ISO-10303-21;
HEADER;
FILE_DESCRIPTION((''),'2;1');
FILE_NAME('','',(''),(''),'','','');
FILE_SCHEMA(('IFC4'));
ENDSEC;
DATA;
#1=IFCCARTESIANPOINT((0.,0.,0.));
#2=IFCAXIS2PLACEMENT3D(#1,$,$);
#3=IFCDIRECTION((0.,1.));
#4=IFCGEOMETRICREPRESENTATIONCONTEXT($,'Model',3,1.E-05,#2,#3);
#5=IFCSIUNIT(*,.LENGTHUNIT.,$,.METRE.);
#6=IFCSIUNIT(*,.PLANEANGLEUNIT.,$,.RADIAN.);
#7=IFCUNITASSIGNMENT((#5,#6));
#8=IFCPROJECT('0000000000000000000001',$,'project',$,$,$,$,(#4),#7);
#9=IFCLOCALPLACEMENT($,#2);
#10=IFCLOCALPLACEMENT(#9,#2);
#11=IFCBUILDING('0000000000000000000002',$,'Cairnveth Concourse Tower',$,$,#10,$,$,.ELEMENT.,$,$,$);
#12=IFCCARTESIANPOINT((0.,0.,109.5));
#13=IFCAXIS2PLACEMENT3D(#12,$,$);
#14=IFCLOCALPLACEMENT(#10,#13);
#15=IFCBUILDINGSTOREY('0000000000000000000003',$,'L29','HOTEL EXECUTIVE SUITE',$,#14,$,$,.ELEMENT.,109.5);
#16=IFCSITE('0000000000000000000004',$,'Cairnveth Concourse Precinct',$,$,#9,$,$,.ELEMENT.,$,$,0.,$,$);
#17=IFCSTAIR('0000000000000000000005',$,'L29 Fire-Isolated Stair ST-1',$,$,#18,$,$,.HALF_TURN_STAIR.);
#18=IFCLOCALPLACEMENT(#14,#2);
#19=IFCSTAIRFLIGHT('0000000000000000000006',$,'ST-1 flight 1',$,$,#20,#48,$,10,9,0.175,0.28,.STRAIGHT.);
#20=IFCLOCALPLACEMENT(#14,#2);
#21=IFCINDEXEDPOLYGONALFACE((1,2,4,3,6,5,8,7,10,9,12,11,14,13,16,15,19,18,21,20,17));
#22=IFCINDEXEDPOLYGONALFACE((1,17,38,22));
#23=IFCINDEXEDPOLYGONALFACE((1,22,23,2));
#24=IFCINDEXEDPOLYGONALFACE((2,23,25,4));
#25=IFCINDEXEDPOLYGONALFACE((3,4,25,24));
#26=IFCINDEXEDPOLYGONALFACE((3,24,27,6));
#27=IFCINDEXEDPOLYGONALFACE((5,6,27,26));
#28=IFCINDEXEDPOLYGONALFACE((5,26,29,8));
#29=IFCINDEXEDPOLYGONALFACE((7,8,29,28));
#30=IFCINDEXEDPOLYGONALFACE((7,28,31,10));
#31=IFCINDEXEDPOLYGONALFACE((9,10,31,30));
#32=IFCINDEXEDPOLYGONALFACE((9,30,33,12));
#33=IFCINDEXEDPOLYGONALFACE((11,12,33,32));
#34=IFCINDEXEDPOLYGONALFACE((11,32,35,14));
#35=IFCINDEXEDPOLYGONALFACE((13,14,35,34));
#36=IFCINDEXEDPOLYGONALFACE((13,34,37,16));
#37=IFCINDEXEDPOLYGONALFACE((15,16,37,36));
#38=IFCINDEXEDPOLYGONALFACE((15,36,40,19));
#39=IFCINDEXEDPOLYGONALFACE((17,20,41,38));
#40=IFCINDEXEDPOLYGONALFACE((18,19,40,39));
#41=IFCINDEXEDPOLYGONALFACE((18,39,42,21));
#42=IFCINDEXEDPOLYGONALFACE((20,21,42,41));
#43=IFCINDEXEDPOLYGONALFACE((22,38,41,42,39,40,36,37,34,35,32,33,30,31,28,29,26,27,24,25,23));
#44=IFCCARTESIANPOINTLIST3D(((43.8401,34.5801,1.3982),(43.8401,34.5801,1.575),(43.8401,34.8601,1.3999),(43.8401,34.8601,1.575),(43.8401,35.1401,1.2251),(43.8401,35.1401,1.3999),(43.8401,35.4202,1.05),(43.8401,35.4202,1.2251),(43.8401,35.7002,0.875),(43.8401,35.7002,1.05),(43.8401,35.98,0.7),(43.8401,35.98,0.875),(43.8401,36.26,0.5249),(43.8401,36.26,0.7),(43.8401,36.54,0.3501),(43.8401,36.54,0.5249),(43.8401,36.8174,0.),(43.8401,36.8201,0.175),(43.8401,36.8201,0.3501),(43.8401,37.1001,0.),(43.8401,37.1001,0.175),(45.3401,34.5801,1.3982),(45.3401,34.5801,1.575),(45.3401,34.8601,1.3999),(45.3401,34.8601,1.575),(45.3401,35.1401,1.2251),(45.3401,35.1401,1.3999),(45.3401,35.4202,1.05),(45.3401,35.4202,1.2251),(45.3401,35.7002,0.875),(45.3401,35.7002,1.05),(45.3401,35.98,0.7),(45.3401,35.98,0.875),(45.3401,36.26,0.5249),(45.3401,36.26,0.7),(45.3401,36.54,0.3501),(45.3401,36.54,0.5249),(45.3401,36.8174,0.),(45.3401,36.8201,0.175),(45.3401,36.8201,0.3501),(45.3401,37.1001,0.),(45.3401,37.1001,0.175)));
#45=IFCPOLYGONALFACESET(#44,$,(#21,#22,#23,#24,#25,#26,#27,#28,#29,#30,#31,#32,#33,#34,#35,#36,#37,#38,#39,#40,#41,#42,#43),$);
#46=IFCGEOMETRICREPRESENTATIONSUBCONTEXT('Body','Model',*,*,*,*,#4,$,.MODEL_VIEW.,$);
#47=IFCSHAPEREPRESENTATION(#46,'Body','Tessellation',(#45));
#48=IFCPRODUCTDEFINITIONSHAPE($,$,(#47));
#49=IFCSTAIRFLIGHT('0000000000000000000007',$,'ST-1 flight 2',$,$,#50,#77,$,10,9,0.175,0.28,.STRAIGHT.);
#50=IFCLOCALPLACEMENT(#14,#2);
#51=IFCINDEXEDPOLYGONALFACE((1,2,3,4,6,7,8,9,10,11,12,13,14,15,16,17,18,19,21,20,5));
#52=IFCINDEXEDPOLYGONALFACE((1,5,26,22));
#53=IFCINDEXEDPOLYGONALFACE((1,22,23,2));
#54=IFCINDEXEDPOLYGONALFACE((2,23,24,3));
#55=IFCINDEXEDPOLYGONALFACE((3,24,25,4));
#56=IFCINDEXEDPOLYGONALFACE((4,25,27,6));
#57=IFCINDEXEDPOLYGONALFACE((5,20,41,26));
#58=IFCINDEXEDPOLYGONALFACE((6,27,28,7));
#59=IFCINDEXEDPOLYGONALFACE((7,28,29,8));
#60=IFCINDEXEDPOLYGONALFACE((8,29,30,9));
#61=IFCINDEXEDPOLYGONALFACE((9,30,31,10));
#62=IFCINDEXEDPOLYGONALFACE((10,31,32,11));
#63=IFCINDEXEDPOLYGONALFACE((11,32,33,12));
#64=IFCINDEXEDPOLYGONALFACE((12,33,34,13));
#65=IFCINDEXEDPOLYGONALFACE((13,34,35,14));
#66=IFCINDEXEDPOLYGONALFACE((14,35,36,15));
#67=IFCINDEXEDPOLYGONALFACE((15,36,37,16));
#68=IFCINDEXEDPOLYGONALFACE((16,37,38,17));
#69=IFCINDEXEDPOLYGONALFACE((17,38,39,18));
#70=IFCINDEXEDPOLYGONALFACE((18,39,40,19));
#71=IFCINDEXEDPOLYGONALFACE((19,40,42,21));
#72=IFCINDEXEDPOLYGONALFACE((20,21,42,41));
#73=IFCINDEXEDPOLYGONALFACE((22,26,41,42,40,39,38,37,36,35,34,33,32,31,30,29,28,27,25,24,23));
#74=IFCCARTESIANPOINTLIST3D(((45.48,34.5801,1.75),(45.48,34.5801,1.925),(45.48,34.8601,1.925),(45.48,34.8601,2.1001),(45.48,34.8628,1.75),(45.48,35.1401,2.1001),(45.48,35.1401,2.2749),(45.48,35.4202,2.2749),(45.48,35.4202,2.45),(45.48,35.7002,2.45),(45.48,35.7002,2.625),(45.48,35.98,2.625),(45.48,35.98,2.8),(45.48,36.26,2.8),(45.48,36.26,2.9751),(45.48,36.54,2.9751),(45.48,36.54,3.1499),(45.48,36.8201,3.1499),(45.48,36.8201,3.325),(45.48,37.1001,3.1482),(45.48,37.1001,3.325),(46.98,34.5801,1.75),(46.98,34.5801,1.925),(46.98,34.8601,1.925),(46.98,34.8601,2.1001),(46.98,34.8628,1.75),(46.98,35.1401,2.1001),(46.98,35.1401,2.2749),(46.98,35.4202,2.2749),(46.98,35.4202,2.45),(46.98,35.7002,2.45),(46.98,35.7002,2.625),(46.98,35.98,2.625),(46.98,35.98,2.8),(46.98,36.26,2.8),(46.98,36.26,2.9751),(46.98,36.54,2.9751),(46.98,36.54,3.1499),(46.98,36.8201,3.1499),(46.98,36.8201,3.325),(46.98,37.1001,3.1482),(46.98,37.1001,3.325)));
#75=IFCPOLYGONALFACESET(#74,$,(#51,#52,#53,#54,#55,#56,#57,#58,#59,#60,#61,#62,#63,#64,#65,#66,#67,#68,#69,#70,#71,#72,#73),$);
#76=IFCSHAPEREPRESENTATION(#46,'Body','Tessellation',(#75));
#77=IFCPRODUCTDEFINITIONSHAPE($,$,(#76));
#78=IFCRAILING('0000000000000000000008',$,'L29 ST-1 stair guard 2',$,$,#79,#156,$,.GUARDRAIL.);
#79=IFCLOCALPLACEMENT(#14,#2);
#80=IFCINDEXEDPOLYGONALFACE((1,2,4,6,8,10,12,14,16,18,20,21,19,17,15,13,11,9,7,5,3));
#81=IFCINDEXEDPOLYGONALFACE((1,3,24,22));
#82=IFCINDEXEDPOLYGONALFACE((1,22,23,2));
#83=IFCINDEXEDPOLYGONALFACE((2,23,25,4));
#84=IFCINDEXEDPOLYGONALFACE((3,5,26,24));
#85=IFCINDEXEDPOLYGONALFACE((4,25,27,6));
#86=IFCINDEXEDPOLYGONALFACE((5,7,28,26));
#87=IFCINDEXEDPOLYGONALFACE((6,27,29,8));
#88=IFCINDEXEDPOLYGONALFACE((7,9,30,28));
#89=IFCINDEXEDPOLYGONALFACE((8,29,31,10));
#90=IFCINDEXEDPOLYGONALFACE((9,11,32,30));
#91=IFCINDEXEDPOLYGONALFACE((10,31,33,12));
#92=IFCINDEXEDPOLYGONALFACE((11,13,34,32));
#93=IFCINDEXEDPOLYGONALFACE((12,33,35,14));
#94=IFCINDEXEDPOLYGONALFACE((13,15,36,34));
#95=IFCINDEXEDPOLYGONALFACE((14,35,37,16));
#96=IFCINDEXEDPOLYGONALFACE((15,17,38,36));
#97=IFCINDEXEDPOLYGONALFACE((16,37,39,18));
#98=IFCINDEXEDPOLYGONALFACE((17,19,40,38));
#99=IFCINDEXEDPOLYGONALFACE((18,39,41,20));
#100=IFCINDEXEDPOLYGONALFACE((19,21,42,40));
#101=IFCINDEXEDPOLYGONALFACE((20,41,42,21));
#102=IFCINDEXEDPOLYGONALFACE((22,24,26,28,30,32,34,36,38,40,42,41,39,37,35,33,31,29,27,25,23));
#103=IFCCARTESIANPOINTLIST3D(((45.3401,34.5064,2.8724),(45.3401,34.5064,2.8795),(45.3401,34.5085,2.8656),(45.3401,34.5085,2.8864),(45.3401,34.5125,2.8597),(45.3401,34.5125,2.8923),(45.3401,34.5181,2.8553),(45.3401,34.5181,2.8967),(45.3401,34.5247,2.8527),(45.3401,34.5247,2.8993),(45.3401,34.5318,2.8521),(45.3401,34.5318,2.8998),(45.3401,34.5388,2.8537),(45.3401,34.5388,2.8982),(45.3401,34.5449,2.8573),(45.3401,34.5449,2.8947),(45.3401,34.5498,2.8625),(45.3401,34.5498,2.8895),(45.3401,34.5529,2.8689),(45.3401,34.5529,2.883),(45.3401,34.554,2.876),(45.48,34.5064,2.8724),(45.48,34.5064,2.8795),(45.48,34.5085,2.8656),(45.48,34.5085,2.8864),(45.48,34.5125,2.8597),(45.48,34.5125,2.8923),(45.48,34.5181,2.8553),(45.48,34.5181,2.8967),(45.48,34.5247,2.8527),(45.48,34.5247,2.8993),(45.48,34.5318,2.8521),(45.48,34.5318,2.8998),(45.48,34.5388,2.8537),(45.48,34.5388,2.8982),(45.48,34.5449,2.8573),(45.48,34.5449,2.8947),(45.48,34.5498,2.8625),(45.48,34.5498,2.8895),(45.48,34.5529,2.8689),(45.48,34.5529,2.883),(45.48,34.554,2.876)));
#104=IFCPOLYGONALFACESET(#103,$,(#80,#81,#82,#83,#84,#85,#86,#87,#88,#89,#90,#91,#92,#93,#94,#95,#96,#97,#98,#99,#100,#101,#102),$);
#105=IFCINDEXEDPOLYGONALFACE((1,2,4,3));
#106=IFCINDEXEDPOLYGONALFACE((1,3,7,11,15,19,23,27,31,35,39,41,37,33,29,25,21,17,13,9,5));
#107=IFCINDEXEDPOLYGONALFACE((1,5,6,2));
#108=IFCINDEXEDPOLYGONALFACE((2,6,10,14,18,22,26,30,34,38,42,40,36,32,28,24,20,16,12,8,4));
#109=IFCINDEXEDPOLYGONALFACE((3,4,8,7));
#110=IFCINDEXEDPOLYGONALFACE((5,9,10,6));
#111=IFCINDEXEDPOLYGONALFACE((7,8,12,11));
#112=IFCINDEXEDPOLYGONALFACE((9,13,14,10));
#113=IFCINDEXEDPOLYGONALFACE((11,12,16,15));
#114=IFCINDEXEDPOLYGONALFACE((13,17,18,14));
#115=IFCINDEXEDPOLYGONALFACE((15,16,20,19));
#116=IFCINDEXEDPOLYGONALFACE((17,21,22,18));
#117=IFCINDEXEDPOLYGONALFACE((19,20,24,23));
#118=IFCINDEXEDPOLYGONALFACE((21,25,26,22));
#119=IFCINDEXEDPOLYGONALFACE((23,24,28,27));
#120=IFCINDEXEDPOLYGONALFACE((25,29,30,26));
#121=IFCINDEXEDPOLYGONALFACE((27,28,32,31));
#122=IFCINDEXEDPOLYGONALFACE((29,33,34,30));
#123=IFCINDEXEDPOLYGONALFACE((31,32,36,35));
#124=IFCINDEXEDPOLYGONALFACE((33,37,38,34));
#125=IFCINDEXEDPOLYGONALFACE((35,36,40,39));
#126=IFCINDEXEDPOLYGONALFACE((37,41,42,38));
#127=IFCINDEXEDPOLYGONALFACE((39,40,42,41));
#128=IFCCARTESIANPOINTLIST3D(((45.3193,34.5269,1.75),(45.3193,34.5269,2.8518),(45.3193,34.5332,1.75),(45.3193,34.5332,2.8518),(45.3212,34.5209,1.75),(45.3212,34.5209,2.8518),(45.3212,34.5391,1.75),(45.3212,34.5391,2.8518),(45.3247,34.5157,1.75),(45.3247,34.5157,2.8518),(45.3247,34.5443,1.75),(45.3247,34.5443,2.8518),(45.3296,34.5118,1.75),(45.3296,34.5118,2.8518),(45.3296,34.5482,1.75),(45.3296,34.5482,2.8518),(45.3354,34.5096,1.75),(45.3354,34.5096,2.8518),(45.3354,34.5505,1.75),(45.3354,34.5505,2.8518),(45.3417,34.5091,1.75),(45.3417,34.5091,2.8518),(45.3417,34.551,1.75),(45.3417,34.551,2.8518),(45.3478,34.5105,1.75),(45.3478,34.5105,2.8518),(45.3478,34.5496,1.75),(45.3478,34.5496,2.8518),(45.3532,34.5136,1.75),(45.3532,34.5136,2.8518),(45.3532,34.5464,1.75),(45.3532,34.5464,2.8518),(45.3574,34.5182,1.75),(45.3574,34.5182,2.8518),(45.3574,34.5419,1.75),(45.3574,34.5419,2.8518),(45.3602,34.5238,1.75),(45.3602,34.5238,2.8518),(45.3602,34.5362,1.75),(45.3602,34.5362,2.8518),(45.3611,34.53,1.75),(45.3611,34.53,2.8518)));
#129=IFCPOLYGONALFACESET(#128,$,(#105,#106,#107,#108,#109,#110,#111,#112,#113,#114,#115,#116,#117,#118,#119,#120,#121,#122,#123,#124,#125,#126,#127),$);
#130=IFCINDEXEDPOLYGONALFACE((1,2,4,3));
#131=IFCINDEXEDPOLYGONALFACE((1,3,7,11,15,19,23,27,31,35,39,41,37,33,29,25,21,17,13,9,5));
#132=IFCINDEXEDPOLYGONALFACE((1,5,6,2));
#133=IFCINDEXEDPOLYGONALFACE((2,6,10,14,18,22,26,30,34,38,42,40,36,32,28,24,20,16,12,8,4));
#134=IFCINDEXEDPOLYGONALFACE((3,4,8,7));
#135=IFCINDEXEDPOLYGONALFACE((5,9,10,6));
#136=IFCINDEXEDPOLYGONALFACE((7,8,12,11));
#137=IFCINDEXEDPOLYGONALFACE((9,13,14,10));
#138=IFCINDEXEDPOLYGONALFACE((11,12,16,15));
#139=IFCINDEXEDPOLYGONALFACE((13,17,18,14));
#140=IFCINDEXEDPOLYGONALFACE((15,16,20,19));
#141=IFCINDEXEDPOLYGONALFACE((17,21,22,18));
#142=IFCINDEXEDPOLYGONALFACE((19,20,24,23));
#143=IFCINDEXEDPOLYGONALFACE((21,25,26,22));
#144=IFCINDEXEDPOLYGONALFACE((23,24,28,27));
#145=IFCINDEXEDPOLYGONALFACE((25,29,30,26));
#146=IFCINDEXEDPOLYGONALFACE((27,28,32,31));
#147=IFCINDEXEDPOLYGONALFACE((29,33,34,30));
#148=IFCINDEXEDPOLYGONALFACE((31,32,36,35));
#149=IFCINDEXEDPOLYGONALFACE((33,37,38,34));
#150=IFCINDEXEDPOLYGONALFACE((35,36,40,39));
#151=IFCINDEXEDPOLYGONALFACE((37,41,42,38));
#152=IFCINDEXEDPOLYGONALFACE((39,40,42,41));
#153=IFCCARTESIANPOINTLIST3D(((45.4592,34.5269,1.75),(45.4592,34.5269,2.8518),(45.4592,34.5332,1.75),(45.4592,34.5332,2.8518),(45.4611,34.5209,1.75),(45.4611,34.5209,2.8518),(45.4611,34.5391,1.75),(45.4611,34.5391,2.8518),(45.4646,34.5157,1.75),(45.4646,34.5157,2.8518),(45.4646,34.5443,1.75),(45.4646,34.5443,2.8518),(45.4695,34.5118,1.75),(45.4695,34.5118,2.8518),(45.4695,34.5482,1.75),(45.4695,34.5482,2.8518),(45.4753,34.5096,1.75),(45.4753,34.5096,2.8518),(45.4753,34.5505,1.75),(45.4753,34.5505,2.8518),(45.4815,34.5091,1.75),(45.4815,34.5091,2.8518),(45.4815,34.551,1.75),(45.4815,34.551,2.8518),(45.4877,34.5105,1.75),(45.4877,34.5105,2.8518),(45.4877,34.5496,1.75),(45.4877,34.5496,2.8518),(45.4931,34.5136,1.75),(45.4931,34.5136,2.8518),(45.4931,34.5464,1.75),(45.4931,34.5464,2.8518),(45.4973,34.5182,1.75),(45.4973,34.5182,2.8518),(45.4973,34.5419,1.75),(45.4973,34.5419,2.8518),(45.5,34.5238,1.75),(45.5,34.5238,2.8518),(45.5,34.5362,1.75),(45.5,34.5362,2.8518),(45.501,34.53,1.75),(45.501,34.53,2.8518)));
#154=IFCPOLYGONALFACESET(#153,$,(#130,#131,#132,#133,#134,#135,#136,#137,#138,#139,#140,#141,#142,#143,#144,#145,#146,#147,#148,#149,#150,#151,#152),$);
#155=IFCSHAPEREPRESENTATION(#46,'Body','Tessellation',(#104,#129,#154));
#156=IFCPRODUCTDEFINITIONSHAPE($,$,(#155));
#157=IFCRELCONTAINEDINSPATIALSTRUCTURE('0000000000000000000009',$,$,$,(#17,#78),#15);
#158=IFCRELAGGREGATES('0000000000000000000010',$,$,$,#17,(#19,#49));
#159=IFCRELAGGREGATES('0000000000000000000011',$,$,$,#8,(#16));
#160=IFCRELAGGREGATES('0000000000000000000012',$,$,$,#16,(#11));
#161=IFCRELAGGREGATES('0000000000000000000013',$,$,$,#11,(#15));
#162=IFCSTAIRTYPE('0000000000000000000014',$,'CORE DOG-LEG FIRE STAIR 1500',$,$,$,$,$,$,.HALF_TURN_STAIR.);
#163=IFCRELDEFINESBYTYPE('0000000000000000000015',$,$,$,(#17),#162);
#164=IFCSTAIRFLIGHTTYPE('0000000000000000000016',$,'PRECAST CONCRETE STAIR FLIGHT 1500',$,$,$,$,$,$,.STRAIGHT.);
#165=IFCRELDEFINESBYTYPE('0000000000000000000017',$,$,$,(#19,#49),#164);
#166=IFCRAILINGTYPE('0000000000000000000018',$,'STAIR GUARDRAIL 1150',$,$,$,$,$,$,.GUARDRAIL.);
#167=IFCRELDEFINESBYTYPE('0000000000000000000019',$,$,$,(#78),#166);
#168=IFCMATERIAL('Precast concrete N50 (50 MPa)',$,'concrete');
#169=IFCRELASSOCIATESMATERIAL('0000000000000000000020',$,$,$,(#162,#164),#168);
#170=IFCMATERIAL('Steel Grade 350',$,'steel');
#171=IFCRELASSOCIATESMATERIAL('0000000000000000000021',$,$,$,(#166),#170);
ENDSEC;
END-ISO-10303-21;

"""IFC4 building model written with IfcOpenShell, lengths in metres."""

from ifc_helpers import new_model, si_unit, direction, frame, origin, origin_2d, place, context, subcontext, project, spatial, polyline, circle, outline, extrude, material, type_object, element, aggregate, save


model = new_model("IFC4")

# Units and contexts
model_context = context("Model", 3, precision=1e-05, world=origin(), true_north=direction((0.0, 1.0)))
body_context = subcontext(model_context, "Body", "Model", "MODEL_VIEW")
ifc_project = project(units=[si_unit("LENGTHUNIT", "METRE"), si_unit("PLANEANGLEUNIT", "RADIAN")], contexts=[model_context])

# Site, building, storey
site_placement = place(None, origin())
site = spatial("IfcSite", under=ifc_project, at=site_placement, Name="Cairnveth Concourse Precinct", CompositionType="ELEMENT", RefElevation=0.0)
building_placement = place(site_placement, origin())
building = spatial("IfcBuilding", under=site, at=building_placement, Name="Cairnveth Concourse Tower", CompositionType="ELEMENT")
storey_placement = place(building_placement, frame((0.0, 0.0, 109.5)))
storey = spatial("IfcBuildingStorey", under=building, at=storey_placement, Name="L29", Description="HOTEL EXECUTIVE SUITE", CompositionType="ELEMENT", Elevation=109.5)

# Stair, stair flights
ifc_material_1 = material(Name="Precast concrete N50 (50 MPa)", Category="concrete")
stair_type = type_object("IfcStairType", Name="CORE DOG-LEG FIRE STAIR 1500", PredefinedType="HALF_TURN_STAIR", material=ifc_material_1)
stair_placement = place(storey_placement, origin())
stair = element("IfcStair", 1, at=stair_placement, inside=storey, type_object=stair_type, Name="L29 Fire-Isolated Stair ST-1", PredefinedType="HALF_TURN_STAIR")
stair_flight_type = type_object("IfcStairFlightType", Name="PRECAST CONCRETE STAIR FLIGHT 1500", PredefinedType="STRAIGHT", material=ifc_material_1)
stair_flight_1_placement = place(storey_placement, frame((44.5901, 37.1001, 0.0), z_axis=(0.0, 0.0, 1.0), x_axis=(0.0, -1.0, 0.0)))
stair_flight_1 = element("IfcStairFlight", 2, at=stair_flight_1_placement, type_object=stair_flight_type, Name="ST-1 flight 1", NumberOfRisers=10, NumberOfTreads=9, PredefinedType="STRAIGHT", RiserHeight=0.175, TreadLength=0.28, context=body_context, shape_type="SweptSolid", body=[
    extrude(outline(polyline([(0.0, 0.0), (0.0, 0.175), (0.28, 0.175), (0.28, 0.3501), (0.5601, 0.3501), (0.5601, 0.5249), (0.8401, 0.5249), (0.8401, 0.7), (1.1201, 0.7), (1.1201, 0.875), (1.3999, 0.875), (1.3999, 1.05), (1.6799, 1.05), (1.6799, 1.2251), (1.96, 1.2251), (1.96, 1.3999), (2.24, 1.3999), (2.24, 1.575), (2.52, 1.575), (2.52, 1.75), (2.52, 1.3982), (0.2827, 0.0), (0.0, 0.0)])), frame((0.0, 0.75, 0.0), z_axis=(0.0, -1.0, 0.0), x_axis=(1.0, 0.0, 0.0)), (0.0, 0.0, 1.0), 1.5),
])
stair_flight_2_placement = place(storey_placement, frame((46.23, 34.5801, 1.75), z_axis=(0.0, 0.0, 1.0), x_axis=(0.0, 1.0, 0.0)))
stair_flight_2 = element("IfcStairFlight", 3, at=stair_flight_2_placement, type_object=stair_flight_type, Name="ST-1 flight 2", NumberOfRisers=10, NumberOfTreads=9, PredefinedType="STRAIGHT", RiserHeight=0.175, TreadLength=0.28, context=body_context, shape_type="SweptSolid", body=[
    extrude(outline(polyline([(0.0, 0.0), (0.0, 0.175), (0.28, 0.175), (0.28, 0.3501), (0.5601, 0.3501), (0.5601, 0.5249), (0.8401, 0.5249), (0.8401, 0.7), (1.1201, 0.7), (1.1201, 0.875), (1.3999, 0.875), (1.3999, 1.05), (1.6799, 1.05), (1.6799, 1.2251), (1.96, 1.2251), (1.96, 1.3999), (2.24, 1.3999), (2.24, 1.575), (2.52, 1.575), (2.52, 1.75), (2.52, 1.3982), (0.2827, 0.0), (0.0, 0.0)])), frame((0.0, 0.75, 0.0), z_axis=(0.0, -1.0, 0.0), x_axis=(1.0, 0.0, 0.0)), (0.0, 0.0, 1.0), 1.5),
])
aggregate(stair, [stair_flight_1, stair_flight_2])

# Railing
ifc_material_2 = material(Name="Steel Grade 350", Category="steel")
railing_type_1 = type_object("IfcRailingType", Name="STAIR GUARDRAIL 1150", PredefinedType="GUARDRAIL", material=ifc_material_2)
railing_1_placement = place(storey_placement, frame((45.3401, 34.53, 1.75)))
element("IfcRailing", 4, at=railing_1_placement, inside=storey, type_object=railing_type_1, Name="L29 ST-1 stair guard 2", PredefinedType="GUARDRAIL", context=body_context, shape_type="SweptSolid", body=[
    extrude(circle(Radius=0.0239, at=origin_2d()), frame((0.0, 0.0, 1.126), z_axis=(1.0, 0.0, 0.0), x_axis=(0.0, 1.0, 0.0)), (0.0, 0.0, 1.0), 0.1399),
    extrude(circle(Radius=0.021, at=origin_2d()), origin(), (0.0, 0.0, 1.0), 1.1018),
    extrude(circle(Radius=0.021, at=origin_2d()), frame((0.1399, 0.0, 0.0)), (0.0, 0.0, 1.0), 1.1018),
])

save(model, "model.ifc")
